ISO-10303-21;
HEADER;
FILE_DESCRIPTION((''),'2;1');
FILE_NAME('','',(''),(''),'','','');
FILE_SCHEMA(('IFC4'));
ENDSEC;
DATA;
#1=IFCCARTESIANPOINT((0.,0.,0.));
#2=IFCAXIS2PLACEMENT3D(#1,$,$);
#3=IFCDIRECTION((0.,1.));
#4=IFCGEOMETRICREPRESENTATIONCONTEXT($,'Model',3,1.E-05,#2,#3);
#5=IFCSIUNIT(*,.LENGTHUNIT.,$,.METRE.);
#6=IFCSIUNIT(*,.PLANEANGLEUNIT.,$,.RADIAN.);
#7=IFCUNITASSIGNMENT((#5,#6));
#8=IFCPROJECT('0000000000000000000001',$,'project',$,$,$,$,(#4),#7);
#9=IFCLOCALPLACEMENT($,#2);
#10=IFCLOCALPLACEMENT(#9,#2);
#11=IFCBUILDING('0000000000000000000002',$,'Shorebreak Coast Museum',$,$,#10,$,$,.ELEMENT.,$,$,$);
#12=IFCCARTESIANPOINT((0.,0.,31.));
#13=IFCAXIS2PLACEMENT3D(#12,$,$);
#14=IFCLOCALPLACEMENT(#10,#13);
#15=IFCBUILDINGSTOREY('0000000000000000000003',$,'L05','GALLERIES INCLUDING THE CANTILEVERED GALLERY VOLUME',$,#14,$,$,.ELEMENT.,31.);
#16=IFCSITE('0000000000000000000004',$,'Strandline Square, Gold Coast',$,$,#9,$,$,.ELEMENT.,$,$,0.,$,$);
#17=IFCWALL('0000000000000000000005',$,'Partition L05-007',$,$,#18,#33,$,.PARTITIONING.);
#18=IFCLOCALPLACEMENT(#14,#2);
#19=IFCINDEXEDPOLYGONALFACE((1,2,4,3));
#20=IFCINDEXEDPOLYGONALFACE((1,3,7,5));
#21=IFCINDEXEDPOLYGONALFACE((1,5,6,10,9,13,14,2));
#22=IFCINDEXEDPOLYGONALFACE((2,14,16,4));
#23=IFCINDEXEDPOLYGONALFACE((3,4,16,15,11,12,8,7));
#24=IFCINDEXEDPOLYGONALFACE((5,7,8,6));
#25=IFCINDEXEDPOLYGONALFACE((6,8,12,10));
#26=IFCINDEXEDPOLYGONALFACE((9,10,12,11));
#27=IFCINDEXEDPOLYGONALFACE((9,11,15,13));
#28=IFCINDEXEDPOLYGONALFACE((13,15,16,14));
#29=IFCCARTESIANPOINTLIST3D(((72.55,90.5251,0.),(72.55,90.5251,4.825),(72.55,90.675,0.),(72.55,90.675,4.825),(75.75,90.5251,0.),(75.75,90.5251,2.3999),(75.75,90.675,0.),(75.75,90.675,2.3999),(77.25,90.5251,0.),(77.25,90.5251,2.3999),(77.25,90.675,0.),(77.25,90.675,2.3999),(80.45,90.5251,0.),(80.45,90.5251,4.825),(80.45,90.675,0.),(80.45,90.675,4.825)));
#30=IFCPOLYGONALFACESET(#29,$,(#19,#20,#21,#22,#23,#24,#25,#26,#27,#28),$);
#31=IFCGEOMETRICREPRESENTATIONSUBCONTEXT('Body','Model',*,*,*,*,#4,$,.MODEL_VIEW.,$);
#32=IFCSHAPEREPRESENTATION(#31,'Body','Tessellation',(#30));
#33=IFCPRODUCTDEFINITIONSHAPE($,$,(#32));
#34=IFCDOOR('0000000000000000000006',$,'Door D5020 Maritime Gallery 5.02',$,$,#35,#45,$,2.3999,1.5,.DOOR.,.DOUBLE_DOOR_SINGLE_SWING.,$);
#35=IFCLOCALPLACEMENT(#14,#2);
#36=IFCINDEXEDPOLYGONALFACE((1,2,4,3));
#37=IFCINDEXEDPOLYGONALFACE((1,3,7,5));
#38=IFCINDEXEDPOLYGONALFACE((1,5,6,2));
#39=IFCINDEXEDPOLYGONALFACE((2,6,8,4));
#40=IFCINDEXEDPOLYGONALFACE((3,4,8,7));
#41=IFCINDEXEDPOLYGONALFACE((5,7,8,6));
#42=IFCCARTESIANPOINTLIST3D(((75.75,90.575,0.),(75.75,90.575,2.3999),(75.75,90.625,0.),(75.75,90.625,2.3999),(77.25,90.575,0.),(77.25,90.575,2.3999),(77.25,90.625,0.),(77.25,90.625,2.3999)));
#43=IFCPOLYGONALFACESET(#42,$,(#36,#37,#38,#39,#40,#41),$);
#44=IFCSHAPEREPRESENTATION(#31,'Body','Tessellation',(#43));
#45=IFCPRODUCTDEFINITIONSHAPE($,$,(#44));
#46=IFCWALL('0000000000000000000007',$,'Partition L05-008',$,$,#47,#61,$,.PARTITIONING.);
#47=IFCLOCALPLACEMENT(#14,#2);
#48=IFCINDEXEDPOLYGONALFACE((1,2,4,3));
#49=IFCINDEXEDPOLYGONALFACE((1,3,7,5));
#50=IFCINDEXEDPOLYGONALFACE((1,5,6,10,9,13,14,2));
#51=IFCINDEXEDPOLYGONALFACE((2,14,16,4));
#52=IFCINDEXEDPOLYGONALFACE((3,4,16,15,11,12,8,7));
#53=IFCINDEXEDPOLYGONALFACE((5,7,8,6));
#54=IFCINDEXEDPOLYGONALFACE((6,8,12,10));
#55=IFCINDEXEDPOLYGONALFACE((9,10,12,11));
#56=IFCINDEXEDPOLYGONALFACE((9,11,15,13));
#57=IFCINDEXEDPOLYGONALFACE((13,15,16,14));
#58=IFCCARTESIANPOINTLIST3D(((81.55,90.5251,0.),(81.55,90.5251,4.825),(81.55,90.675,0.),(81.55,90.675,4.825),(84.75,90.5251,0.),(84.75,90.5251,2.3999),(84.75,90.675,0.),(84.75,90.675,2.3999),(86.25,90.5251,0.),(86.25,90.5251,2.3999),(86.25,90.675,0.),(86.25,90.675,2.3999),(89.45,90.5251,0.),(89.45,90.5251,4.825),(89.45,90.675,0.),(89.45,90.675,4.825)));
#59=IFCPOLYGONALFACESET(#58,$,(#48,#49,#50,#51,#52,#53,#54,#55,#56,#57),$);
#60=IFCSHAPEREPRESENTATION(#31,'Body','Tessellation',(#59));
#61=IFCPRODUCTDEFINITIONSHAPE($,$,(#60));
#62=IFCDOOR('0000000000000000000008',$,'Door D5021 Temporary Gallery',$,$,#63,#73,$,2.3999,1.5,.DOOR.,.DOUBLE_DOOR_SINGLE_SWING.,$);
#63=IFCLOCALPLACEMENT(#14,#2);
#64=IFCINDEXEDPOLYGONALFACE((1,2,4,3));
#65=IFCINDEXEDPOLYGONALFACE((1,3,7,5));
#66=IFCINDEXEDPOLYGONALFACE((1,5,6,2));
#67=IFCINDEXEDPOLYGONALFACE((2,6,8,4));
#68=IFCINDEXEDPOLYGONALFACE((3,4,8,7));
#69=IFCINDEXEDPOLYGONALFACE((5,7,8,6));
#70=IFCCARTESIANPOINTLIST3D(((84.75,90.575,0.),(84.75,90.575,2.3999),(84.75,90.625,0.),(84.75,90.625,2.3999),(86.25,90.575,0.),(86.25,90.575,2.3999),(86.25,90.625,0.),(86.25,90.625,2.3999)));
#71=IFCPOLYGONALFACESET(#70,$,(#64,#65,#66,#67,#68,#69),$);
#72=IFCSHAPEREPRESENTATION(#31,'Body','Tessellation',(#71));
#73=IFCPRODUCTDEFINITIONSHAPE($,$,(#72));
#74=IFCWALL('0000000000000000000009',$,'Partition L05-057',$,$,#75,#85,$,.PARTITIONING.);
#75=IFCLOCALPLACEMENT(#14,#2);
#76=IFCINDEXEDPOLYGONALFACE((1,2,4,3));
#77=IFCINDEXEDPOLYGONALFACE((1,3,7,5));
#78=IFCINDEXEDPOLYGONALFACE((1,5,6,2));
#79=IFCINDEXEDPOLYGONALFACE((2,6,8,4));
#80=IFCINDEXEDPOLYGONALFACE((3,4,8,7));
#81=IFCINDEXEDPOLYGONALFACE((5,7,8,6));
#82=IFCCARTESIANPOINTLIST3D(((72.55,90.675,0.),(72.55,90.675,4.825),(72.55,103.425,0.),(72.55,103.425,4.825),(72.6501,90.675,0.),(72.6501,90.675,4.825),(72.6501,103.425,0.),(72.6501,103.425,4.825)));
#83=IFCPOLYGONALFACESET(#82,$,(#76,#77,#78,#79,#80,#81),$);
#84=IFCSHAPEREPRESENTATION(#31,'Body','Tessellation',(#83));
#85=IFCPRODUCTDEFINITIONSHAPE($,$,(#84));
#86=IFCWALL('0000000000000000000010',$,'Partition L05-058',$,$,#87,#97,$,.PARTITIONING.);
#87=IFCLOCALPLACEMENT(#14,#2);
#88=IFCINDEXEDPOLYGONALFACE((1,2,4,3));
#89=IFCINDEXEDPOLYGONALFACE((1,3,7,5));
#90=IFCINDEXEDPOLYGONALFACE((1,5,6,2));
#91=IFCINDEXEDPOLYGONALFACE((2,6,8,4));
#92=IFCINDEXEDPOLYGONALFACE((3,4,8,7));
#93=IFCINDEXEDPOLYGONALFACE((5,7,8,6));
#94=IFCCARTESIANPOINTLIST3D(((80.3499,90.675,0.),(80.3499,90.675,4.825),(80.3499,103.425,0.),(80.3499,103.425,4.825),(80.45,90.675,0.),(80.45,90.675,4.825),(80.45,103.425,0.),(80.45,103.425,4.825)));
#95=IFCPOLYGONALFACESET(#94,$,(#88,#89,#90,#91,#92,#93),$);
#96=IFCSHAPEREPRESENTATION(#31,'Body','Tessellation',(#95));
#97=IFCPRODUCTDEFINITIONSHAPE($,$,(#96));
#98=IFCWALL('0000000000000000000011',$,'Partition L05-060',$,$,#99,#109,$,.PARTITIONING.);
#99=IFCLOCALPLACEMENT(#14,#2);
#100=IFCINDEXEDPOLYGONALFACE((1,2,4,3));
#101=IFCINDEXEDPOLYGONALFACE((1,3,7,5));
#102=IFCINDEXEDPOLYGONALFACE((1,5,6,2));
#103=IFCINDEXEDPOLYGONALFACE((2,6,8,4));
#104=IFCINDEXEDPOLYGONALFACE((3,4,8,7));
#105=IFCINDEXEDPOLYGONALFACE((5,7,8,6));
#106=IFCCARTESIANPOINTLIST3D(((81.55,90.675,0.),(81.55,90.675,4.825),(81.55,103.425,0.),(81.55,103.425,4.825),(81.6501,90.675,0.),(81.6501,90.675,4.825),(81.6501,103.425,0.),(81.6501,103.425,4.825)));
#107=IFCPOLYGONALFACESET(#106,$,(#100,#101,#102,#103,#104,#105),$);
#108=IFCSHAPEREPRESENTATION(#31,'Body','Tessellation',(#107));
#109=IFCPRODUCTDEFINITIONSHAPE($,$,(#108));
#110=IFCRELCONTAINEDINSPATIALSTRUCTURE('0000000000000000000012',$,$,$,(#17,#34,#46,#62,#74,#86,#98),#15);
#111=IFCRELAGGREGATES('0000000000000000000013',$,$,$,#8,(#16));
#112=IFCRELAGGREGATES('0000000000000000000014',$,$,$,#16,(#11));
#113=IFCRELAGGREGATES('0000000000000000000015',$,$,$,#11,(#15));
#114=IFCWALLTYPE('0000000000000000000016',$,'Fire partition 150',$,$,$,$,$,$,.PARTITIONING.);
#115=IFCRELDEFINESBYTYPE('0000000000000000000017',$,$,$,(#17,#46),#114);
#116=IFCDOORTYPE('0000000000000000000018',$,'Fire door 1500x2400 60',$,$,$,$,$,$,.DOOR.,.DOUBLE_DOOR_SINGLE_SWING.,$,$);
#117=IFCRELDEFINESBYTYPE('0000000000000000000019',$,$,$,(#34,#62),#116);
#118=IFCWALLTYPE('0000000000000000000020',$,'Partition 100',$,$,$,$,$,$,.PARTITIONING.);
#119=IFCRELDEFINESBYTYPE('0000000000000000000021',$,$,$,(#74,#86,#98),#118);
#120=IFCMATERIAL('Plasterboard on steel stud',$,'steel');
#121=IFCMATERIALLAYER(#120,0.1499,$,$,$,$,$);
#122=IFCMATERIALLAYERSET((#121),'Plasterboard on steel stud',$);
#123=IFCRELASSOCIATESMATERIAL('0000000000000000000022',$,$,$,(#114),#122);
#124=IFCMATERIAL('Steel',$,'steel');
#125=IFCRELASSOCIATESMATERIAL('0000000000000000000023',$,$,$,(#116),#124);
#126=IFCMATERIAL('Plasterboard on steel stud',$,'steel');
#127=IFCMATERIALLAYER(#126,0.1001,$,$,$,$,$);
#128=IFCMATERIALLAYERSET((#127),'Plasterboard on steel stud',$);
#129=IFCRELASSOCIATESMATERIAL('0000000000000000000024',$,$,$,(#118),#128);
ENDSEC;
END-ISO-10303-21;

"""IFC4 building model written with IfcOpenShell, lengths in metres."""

from ifc_helpers import new_model, si_unit, direction, frame, frame_2d, origin, place, context, subcontext, project, spatial, rectangle, extrude, material, layer, layer_set, type_object, element, fill, save


model = new_model("IFC4")

# Units and contexts
model_context = context("Model", 3, precision=1e-05, world=origin(), true_north=direction((0.0, 1.0)))
body_context = subcontext(model_context, "Body", "Model", "MODEL_VIEW")
ifc_project = project(units=[si_unit("LENGTHUNIT", "METRE"), si_unit("PLANEANGLEUNIT", "RADIAN")], contexts=[model_context])

# Site, building, storey
site_placement = place(None, origin())
site = spatial("IfcSite", under=ifc_project, at=site_placement, Name="Strandline Square, Gold Coast", CompositionType="ELEMENT", RefElevation=0.0)
building_placement = place(site_placement, origin())
building = spatial("IfcBuilding", under=site, at=building_placement, Name="Shorebreak Coast Museum", CompositionType="ELEMENT")
storey_placement = place(building_placement, frame((0.0, 0.0, 31.0)))
storey = spatial("IfcBuildingStorey", under=building, at=storey_placement, Name="L05", Description="GALLERIES INCLUDING THE CANTILEVERED GALLERY VOLUME", CompositionType="ELEMENT", Elevation=31.0)

# Walls, openings, doors
ifc_material_1 = material(Name="Plasterboard on steel stud", Category="steel")
ifc_layer_1 = layer(ifc_material_1, 0.1499)
ifc_layer_set_1 = layer_set([ifc_layer_1], Name="Plasterboard on steel stud")
wall_type_1 = type_object("IfcWallType", Name="Fire partition 150", PredefinedType="PARTITIONING", material=ifc_layer_set_1)
wall_1_placement = place(storey_placement, frame((72.55, 90.6001, 0.0), z_axis=(0.0, 0.0, 1.0), x_axis=(1.0, 0.0, 0.0)))
wall_1 = element("IfcWall", 1, at=wall_1_placement, inside=storey, type_object=wall_type_1, Name="Partition L05-007", PredefinedType="PARTITIONING", context=body_context, shape_type="SweptSolid", body=[
    extrude(rectangle(XDim=7.8999, YDim=0.1499, at=frame_2d((3.95, 0.0))), origin(), (0.0, 0.0, 1.0), 4.825),
])
opening_1_placement = place(wall_1_placement, frame((3.2, 0.0, 0.0)))
opening_1 = element("IfcOpeningElement", 2, at=opening_1_placement, cuts=wall_1, PredefinedType="OPENING", context=body_context, shape_type="SweptSolid", body=[
    extrude(rectangle(XDim=1.5, YDim=2.3999, at=frame_2d((0.75, 1.2))), frame((0.0, 0.085, 0.0), z_axis=(0.0, -1.0, 0.0), x_axis=(1.0, 0.0, 0.0)), (0.0, 0.0, 1.0), 0.1699),
])
ifc_material_2 = material(Name="Steel", Category="steel")
door_type = type_object("IfcDoorType", Name="Fire door 1500x2400 60", OperationType="DOUBLE_DOOR_SINGLE_SWING", PredefinedType="DOOR", material=ifc_material_2)
door_1_placement = place(opening_1_placement, origin())
door_1 = element("IfcDoor", 3, at=door_1_placement, inside=storey, type_object=door_type, Name="Door D5020 Maritime Gallery 5.02", OperationType="DOUBLE_DOOR_SINGLE_SWING", OverallHeight=2.3999, OverallWidth=1.5, PredefinedType="DOOR", context=body_context, shape_type="SweptSolid", body=[
    extrude(rectangle(XDim=1.5, YDim=2.3999, at=frame_2d((0.75, 1.2))), frame((0.0, 0.0249, 0.0), z_axis=(0.0, -1.0, 0.0), x_axis=(1.0, 0.0, 0.0)), (0.0, 0.0, 1.0), 0.05),
])
fill(opening_1, door_1)
wall_2_placement = place(storey_placement, frame((81.55, 90.6001, 0.0), z_axis=(0.0, 0.0, 1.0), x_axis=(1.0, 0.0, 0.0)))
wall_2 = element("IfcWall", 4, at=wall_2_placement, inside=storey, type_object=wall_type_1, Name="Partition L05-008", PredefinedType="PARTITIONING", context=body_context, shape_type="SweptSolid", body=[
    extrude(rectangle(XDim=7.8999, YDim=0.1499, at=frame_2d((3.95, 0.0))), origin(), (0.0, 0.0, 1.0), 4.825),
])
opening_2_placement = place(wall_2_placement, frame((3.2, 0.0, 0.0)))
opening_2 = element("IfcOpeningElement", 5, at=opening_2_placement, cuts=wall_2, PredefinedType="OPENING", context=body_context, shape_type="SweptSolid", body=[
    extrude(rectangle(XDim=1.5, YDim=2.3999, at=frame_2d((0.75, 1.2))), frame((0.0, 0.085, 0.0), z_axis=(0.0, -1.0, 0.0), x_axis=(1.0, 0.0, 0.0)), (0.0, 0.0, 1.0), 0.1699),
])
door_2_placement = place(opening_2_placement, origin())
door_2 = element("IfcDoor", 6, at=door_2_placement, inside=storey, type_object=door_type, Name="Door D5021 Temporary Gallery", OperationType="DOUBLE_DOOR_SINGLE_SWING", OverallHeight=2.3999, OverallWidth=1.5, PredefinedType="DOOR", context=body_context, shape_type="SweptSolid", body=[
    extrude(rectangle(XDim=1.5, YDim=2.3999, at=frame_2d((0.75, 1.2))), frame((0.0, 0.0249, 0.0), z_axis=(0.0, -1.0, 0.0), x_axis=(1.0, 0.0, 0.0)), (0.0, 0.0, 1.0), 0.05),
])
fill(opening_2, door_2)

# Walls
ifc_material_3 = material(Name="Plasterboard on steel stud", Category="steel")
ifc_layer_2 = layer(ifc_material_3, 0.1001)
ifc_layer_set_2 = layer_set([ifc_layer_2], Name="Plasterboard on steel stud")
wall_type_2 = type_object("IfcWallType", Name="Partition 100", PredefinedType="PARTITIONING", material=ifc_layer_set_2)
for number, where, z_axis, x_axis, name in (
    (7, (72.6001, 90.675, 0.0), (0.0, 0.0, 1.0), (0.0, 1.0, 0.0), "Partition L05-057"),
    (8, (80.3999, 90.675, 0.0), (0.0, 0.0, 1.0), (0.0, 1.0, 0.0), "Partition L05-058"),
    (9, (81.6001, 90.675, 0.0), (0.0, 0.0, 1.0), (0.0, 1.0, 0.0), "Partition L05-060"),
):
    element("IfcWall", number, at=place(storey_placement, frame(where, z_axis=z_axis, x_axis=x_axis)), inside=storey, type_object=wall_type_2, Name=name, PredefinedType="PARTITIONING", context=body_context, shape_type="SweptSolid", body=[
        extrude(rectangle(XDim=12.75, YDim=0.1001, at=frame_2d((6.375, 0.0))), origin(), (0.0, 0.0, 1.0), 4.825),
    ])

save(model, "model.ifc")
